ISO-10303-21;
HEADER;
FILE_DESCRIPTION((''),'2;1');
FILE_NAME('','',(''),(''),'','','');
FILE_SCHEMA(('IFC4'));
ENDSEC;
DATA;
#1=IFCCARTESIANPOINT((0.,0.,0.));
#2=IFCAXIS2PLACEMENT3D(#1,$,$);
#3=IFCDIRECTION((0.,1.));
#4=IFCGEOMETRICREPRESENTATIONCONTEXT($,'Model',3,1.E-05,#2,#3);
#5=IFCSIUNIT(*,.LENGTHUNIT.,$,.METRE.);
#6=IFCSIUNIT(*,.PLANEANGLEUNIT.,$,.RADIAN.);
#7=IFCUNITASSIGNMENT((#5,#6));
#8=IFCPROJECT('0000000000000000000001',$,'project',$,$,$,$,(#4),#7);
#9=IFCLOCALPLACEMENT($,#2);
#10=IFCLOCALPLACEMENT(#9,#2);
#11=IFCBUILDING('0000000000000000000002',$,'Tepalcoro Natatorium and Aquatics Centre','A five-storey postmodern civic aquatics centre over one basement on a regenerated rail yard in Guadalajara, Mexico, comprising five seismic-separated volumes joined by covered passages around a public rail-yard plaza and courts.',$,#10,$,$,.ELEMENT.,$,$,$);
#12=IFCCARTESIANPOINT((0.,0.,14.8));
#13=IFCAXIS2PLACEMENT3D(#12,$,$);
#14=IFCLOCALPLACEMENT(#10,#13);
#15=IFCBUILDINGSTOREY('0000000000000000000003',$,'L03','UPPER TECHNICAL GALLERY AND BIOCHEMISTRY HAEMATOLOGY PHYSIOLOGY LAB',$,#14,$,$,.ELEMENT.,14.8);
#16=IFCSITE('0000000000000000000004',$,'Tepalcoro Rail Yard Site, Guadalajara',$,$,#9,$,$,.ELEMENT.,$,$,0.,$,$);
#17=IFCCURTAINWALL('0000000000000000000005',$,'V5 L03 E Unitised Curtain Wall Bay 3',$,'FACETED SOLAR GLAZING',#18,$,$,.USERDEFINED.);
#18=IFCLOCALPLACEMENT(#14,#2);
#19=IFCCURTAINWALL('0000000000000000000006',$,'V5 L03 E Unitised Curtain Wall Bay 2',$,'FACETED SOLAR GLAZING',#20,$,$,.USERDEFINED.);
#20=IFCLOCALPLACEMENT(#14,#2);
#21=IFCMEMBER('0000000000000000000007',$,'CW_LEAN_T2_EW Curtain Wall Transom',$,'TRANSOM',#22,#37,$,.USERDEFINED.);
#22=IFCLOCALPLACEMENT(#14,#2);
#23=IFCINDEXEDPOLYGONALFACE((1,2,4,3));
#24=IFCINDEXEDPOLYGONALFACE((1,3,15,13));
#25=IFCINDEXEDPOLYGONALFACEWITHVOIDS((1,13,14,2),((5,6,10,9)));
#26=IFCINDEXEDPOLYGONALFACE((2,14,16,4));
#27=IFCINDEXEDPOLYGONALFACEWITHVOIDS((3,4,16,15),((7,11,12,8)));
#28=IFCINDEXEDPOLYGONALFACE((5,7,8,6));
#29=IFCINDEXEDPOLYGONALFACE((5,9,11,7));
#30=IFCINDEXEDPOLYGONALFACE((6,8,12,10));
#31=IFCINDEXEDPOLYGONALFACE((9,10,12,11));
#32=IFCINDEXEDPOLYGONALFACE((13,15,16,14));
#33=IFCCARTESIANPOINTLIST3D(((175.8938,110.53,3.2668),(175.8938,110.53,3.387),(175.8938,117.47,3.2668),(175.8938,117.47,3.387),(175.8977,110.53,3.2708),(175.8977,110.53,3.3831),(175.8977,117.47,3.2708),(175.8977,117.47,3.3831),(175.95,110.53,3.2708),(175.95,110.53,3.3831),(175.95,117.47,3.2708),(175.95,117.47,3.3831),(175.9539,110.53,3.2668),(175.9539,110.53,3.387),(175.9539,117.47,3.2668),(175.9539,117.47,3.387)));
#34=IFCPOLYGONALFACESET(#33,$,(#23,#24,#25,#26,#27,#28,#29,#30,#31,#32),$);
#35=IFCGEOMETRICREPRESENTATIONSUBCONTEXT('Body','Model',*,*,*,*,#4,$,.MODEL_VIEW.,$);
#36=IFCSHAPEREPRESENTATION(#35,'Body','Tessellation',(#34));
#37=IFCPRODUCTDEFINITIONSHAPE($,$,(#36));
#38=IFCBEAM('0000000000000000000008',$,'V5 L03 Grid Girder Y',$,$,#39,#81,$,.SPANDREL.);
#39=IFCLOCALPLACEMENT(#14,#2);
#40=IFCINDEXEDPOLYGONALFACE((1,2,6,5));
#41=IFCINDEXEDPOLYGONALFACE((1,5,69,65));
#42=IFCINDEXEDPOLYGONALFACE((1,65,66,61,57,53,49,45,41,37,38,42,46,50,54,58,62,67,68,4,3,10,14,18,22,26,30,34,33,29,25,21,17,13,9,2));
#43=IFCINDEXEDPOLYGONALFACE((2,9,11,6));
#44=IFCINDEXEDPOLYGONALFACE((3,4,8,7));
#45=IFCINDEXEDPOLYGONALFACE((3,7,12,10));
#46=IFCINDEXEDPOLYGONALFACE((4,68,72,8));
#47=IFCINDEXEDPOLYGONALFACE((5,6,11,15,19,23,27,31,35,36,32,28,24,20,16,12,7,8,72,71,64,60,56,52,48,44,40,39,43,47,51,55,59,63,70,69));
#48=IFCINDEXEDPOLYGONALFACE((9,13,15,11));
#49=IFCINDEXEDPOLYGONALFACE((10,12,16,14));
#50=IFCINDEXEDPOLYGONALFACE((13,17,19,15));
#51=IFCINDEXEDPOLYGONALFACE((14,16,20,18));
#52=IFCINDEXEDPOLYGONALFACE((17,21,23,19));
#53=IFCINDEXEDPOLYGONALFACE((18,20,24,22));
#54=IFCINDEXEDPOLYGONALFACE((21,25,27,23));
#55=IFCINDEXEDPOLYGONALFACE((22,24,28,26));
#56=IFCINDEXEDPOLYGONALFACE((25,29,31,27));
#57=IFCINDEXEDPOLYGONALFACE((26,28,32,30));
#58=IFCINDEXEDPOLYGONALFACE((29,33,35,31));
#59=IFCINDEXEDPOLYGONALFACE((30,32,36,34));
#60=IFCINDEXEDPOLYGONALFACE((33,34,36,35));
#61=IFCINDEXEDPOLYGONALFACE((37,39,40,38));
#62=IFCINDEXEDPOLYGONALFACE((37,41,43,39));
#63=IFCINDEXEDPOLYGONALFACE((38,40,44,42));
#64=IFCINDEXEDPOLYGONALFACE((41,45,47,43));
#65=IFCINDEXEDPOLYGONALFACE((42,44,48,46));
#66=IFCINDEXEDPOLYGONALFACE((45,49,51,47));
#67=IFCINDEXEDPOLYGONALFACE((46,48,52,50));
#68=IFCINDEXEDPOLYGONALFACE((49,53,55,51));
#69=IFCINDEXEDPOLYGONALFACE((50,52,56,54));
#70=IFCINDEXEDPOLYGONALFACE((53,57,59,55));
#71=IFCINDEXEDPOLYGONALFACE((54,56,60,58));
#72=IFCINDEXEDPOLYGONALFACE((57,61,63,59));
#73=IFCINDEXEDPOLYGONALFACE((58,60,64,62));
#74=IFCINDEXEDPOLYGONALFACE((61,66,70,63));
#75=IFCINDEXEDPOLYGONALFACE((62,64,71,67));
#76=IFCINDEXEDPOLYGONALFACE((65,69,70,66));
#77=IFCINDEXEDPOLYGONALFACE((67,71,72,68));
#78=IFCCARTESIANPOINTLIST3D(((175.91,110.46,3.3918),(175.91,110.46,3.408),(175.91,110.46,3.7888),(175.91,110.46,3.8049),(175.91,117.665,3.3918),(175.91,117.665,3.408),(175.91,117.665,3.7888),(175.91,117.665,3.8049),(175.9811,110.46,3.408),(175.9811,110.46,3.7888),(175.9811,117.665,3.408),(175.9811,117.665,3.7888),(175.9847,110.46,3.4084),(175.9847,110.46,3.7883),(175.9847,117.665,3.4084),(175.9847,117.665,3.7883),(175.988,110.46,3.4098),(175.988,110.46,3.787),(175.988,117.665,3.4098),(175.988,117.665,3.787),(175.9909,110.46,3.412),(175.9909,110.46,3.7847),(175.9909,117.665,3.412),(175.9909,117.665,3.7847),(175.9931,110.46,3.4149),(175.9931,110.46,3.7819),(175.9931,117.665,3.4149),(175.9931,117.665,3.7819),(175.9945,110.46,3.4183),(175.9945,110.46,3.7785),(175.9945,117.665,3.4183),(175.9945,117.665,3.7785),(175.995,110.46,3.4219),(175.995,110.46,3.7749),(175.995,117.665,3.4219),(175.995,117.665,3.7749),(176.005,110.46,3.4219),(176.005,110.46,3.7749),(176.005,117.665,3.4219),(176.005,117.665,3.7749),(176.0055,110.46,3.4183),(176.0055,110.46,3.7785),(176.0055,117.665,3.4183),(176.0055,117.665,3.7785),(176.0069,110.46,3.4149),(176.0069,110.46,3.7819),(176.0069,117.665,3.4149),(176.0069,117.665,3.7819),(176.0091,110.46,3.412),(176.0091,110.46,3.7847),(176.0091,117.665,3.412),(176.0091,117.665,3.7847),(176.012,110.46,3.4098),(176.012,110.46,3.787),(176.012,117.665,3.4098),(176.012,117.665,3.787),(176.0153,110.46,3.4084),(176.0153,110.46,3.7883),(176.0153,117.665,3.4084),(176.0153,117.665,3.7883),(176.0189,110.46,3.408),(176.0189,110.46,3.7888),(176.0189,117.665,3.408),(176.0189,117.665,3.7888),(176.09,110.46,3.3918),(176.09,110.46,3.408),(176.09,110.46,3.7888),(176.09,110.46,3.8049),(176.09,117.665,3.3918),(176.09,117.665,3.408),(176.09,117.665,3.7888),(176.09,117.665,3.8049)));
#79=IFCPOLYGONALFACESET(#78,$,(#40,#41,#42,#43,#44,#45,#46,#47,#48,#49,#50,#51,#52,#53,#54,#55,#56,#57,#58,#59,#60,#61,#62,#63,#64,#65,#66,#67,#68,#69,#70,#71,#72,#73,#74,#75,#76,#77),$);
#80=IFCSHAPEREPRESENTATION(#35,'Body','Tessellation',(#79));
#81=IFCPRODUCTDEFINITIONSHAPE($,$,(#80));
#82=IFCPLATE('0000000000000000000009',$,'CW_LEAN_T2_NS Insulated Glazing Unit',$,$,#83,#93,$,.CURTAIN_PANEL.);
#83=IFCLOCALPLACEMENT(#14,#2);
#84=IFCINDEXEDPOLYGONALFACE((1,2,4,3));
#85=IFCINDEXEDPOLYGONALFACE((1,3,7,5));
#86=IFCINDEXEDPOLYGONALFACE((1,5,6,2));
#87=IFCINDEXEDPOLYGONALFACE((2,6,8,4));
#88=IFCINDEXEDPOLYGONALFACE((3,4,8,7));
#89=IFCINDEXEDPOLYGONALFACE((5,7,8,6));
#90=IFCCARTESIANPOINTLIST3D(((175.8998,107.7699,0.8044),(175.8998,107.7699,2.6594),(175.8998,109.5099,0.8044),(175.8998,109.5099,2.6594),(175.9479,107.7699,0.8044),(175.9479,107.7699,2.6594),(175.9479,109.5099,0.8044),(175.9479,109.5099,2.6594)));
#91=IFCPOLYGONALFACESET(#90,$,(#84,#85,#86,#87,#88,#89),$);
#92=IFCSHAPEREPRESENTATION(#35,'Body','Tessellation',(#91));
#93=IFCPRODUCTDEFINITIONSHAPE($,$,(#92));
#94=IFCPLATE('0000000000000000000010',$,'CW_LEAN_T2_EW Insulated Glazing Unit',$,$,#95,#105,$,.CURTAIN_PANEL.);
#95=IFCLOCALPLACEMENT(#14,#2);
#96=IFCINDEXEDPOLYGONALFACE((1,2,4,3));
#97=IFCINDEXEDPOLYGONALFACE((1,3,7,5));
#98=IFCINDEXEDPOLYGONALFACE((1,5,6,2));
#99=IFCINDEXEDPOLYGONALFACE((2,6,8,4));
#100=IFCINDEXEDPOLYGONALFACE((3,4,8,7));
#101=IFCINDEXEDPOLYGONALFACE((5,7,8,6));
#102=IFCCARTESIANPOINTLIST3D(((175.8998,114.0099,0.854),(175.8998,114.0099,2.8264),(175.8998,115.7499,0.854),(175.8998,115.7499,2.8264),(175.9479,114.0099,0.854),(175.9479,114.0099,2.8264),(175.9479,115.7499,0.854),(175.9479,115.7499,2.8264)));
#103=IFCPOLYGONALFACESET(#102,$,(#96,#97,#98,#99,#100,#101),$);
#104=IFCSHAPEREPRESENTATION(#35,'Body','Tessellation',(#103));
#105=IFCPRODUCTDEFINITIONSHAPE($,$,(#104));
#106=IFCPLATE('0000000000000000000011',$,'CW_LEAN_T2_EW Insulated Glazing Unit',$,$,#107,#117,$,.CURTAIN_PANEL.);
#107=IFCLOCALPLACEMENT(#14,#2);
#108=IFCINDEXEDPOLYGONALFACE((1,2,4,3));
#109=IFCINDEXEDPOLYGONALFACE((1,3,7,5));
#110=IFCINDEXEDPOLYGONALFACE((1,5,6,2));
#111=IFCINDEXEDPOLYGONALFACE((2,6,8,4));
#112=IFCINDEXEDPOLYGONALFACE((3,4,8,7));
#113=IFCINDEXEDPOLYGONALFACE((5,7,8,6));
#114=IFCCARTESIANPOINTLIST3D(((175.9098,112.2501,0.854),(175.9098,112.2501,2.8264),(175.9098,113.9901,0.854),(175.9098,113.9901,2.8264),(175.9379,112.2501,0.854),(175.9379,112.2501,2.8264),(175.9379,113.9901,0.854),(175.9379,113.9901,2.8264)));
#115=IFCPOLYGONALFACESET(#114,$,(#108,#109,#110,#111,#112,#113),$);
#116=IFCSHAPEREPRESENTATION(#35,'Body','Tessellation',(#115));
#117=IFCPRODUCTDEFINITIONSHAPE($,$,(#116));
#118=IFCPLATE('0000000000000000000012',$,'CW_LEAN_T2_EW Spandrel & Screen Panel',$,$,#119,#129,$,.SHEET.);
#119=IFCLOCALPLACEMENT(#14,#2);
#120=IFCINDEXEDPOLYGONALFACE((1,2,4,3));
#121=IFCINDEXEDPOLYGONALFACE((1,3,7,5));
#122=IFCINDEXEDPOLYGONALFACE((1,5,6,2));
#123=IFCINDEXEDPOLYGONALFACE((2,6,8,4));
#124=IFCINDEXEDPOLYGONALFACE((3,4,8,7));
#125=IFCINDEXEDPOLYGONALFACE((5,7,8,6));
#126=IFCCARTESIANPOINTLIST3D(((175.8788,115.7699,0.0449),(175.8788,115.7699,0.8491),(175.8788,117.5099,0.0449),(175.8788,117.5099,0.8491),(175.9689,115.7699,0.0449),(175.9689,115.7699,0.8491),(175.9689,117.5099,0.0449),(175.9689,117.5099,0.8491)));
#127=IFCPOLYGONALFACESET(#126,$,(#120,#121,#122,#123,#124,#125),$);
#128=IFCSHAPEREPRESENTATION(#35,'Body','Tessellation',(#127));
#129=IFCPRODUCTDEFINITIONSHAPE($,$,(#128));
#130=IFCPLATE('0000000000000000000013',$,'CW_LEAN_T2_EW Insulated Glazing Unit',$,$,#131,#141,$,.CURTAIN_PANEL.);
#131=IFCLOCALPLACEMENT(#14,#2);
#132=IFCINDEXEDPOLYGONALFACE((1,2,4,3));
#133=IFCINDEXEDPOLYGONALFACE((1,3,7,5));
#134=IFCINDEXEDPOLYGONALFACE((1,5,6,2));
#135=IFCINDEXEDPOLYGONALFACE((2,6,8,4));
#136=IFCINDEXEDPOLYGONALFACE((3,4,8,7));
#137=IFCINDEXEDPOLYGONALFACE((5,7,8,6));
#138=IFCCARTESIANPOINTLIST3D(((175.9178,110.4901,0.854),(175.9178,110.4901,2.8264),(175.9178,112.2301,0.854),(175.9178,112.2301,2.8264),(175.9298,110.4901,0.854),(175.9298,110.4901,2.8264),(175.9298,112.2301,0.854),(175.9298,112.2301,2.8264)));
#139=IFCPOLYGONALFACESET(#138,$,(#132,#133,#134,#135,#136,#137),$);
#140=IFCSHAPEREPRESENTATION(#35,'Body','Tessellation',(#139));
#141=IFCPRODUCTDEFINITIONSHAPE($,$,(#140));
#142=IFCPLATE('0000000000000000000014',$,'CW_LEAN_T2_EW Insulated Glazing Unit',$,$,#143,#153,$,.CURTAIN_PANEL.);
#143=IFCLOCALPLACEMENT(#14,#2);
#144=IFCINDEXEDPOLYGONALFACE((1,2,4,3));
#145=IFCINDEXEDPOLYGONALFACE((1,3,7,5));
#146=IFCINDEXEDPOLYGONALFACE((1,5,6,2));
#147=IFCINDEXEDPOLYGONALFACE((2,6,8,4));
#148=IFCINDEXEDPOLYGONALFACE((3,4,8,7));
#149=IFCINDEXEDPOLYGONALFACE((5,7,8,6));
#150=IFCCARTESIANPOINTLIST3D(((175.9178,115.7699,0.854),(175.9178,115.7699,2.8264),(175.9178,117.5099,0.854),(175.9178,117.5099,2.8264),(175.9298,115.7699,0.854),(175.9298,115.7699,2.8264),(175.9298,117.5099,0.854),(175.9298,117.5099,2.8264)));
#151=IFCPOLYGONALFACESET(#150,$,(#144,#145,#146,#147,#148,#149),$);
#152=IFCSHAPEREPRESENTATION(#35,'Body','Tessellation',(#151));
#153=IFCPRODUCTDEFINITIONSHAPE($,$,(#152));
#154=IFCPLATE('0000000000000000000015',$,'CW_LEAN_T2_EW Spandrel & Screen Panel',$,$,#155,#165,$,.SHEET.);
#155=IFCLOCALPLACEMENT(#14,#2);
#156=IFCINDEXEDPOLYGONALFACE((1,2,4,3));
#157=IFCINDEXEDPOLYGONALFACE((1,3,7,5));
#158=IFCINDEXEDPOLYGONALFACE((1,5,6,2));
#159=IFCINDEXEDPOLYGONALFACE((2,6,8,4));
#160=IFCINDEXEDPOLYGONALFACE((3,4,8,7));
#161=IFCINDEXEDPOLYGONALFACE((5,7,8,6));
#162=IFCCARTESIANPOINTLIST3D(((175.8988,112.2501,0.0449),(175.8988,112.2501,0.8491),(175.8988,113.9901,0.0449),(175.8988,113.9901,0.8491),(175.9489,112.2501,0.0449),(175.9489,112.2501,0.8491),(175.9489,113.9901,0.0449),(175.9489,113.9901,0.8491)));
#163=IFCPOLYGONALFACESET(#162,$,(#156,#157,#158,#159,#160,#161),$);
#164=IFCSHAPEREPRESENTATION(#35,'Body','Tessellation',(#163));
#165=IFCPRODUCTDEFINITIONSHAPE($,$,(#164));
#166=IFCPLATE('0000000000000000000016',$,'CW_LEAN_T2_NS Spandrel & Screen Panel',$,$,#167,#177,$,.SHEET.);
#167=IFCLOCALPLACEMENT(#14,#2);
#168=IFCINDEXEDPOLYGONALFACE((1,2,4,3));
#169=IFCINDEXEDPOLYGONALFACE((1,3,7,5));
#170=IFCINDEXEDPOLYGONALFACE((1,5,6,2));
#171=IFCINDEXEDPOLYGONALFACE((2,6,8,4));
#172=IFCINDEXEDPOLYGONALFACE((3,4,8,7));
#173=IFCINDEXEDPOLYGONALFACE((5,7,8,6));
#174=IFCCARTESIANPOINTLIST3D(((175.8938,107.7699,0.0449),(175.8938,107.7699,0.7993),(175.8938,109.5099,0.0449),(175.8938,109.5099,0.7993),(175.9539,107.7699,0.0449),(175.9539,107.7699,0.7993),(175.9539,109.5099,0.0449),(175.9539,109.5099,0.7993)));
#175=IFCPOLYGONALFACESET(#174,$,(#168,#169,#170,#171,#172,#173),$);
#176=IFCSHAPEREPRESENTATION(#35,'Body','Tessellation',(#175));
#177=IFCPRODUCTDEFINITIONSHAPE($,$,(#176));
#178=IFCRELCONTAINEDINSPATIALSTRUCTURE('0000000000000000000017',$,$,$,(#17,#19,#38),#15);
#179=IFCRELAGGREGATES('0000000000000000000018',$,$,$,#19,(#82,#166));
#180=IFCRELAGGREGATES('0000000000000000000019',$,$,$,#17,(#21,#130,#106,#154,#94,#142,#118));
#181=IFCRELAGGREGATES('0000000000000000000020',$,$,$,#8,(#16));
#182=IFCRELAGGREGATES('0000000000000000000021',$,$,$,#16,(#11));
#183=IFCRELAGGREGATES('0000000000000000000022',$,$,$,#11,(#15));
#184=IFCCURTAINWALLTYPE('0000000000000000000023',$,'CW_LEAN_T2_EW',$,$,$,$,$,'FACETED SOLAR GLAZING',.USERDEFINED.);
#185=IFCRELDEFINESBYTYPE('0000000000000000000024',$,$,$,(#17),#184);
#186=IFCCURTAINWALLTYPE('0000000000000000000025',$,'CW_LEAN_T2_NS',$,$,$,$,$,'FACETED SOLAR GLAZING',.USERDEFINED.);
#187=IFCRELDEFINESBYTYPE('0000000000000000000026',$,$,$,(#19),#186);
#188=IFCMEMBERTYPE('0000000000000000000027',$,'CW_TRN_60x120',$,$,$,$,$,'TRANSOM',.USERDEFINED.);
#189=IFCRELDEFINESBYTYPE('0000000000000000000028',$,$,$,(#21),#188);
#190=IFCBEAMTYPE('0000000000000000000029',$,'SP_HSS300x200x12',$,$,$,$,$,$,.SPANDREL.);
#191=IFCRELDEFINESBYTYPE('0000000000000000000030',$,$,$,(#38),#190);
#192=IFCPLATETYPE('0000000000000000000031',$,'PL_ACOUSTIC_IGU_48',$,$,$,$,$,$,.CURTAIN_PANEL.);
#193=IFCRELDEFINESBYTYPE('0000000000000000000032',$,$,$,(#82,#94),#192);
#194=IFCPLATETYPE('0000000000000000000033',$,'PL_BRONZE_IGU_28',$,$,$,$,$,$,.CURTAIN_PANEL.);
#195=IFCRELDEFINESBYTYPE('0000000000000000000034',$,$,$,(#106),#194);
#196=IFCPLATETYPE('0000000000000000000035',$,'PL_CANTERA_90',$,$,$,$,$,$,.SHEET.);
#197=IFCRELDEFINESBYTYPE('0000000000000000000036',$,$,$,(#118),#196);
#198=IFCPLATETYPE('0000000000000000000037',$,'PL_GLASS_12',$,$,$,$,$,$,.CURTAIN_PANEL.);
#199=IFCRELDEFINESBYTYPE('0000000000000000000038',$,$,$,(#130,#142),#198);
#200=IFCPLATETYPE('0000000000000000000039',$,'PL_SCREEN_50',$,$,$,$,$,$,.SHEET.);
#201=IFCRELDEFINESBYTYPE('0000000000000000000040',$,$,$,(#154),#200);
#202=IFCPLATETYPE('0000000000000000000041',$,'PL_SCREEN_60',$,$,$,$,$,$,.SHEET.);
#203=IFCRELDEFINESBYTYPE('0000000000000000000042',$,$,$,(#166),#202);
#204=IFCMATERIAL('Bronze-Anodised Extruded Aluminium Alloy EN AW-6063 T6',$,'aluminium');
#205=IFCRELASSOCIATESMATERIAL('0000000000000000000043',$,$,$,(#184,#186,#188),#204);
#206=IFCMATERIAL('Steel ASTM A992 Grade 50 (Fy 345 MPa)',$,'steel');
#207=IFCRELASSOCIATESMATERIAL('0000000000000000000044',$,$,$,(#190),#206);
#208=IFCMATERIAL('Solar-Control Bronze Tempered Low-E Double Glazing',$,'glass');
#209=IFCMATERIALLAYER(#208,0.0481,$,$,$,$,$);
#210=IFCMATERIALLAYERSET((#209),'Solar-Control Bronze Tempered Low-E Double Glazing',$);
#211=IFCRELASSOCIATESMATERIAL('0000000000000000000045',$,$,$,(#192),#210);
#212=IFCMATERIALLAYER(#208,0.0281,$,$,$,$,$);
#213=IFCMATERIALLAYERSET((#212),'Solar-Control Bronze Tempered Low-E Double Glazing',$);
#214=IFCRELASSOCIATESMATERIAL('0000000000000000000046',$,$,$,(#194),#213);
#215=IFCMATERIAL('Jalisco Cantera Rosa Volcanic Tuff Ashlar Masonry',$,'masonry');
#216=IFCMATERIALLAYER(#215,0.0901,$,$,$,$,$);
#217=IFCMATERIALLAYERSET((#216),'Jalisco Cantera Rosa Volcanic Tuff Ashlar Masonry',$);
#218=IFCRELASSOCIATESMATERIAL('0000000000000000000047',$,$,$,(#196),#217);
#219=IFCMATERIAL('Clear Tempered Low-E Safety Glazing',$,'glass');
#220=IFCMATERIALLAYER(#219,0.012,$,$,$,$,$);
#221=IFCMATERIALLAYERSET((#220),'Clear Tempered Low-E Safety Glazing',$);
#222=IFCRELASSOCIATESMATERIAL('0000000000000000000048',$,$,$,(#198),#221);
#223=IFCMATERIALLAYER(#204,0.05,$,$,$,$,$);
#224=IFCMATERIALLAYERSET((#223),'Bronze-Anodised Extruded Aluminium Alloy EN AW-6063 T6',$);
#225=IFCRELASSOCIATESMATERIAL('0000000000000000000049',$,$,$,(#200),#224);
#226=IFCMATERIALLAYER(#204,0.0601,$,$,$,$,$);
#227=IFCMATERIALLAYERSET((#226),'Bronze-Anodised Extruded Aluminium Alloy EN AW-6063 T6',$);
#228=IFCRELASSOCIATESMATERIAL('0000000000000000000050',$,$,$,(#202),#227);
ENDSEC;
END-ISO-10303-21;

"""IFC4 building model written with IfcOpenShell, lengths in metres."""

from ifc_helpers import new_model, si_unit, direction, frame, origin, origin_2d, place, context, subcontext, project, spatial, rectangle, hollow_rectangle, i_section, extrude, material, layer, layer_set, material_profile, profile_set, type_object, element, aggregate, save


model = new_model("IFC4")

# Units and contexts
model_context = context("Model", 3, precision=1e-05, world=origin(), true_north=direction((0.0, 1.0)))
body_context = subcontext(model_context, "Body", "Model", "MODEL_VIEW")
ifc_project = project(units=[si_unit("LENGTHUNIT", "METRE"), si_unit("PLANEANGLEUNIT", "RADIAN")], contexts=[model_context])

# Site, building, storey
site_placement = place(None, origin())
site = spatial("IfcSite", under=ifc_project, at=site_placement, Name="Tepalcoro Rail Yard Site, Guadalajara", CompositionType="ELEMENT", RefElevation=0.0)
building_placement = place(site_placement, origin())
building = spatial("IfcBuilding", under=site, at=building_placement, Name="Tepalcoro Natatorium and Aquatics Centre", Description="A five-storey postmodern civic aquatics centre over one basement on a regenerated rail yard in Guadalajara, Mexico, comprising five seismic-separated volumes joined by covered passages around a public rail-yard plaza and courts.", CompositionType="ELEMENT")
storey_placement = place(building_placement, frame((0.0, 0.0, 14.8)))
storey = spatial("IfcBuildingStorey", under=building, at=storey_placement, Name="L03", Description="UPPER TECHNICAL GALLERY AND BIOCHEMISTRY HAEMATOLOGY PHYSIOLOGY LAB", CompositionType="ELEMENT", Elevation=14.8)

# Curtain wall
ifc_material_1 = material(Name="Bronze-Anodised Extruded Aluminium Alloy EN AW-6063 T6", Category="aluminium")
curtain_wall_type_1 = type_object("IfcCurtainWallType", Name="CW_LEAN_T2_EW", ElementType="FACETED SOLAR GLAZING", PredefinedType="USERDEFINED", material=ifc_material_1)
curtain_wall_1_placement = place(storey_placement, origin())
curtain_wall_1 = element("IfcCurtainWall", 1, at=curtain_wall_1_placement, inside=storey, type_object=curtain_wall_type_1, Name="V5 L03 E Unitised Curtain Wall Bay 3", ObjectType="FACETED SOLAR GLAZING", PredefinedType="USERDEFINED")

# Curtain wall
curtain_wall_type_2 = type_object("IfcCurtainWallType", Name="CW_LEAN_T2_NS", ElementType="FACETED SOLAR GLAZING", PredefinedType="USERDEFINED", material=ifc_material_1)
curtain_wall_2_placement = place(storey_placement, origin())
curtain_wall_2 = element("IfcCurtainWall", 2, at=curtain_wall_2_placement, inside=storey, type_object=curtain_wall_type_2, Name="V5 L03 E Unitised Curtain Wall Bay 2", ObjectType="FACETED SOLAR GLAZING", PredefinedType="USERDEFINED")

# Member
ifc_material_profile_1 = material_profile(ifc_material_1, hollow_rectangle(XDim=0.0601, YDim=0.1201, WallThickness=0.0039, at=origin_2d()), Name="AL60X120X4")
ifc_profile_set_1 = profile_set([ifc_material_profile_1], Name="Bronze-Anodised Extruded Aluminium Alloy EN AW-6063 T6")
member_type_1 = type_object("IfcMemberType", Name="CW_TRN_60x120", ElementType="TRANSOM", PredefinedType="USERDEFINED", material=ifc_profile_set_1)
member_1_placement = place(storey_placement, frame((175.9238, 110.53, 3.3269), z_axis=(0.0, 1.0, 0.0), x_axis=(-1.0, 0.0, 0.0)))
member_1 = element("IfcMember", 3, at=member_1_placement, type_object=member_type_1, Name="CW_LEAN_T2_EW Curtain Wall Transom", ObjectType="TRANSOM", PredefinedType="USERDEFINED", context=body_context, shape_type="SweptSolid", body=[
    extrude(hollow_rectangle(XDim=0.0601, YDim=0.1201, WallThickness=0.0039, at=origin_2d()), origin(), (0.0, 0.0, 1.0), 6.9399),
])

# Beam
ifc_material_2 = material(Name="Steel ASTM A992 Grade 50 (Fy 345 MPa)", Category="steel")
ifc_material_profile_2 = material_profile(ifc_material_2, i_section(OverallWidth=0.1799, OverallDepth=0.4131, WebThickness=0.01, FlangeThickness=0.0161, FilletRadius=0.0139, at=origin_2d()), Name="W16X50")
ifc_profile_set_2 = profile_set([ifc_material_profile_2], Name="Steel ASTM A992 Grade 50 (Fy 345 MPa)")
beam_type = type_object("IfcBeamType", Name="SP_HSS300x200x12", PredefinedType="SPANDREL", material=ifc_profile_set_2)
beam_placement = place(storey_placement, frame((176.0, 110.46, 3.5984), z_axis=(0.0, 1.0, 0.0), x_axis=(-1.0, 0.0, 0.0)))
element("IfcBeam", 4, at=beam_placement, inside=storey, type_object=beam_type, Name="V5 L03 Grid Girder Y", PredefinedType="SPANDREL", context=body_context, shape_type="SweptSolid", body=[
    extrude(i_section(OverallWidth=0.1799, OverallDepth=0.4131, WebThickness=0.01, FlangeThickness=0.0161, FilletRadius=0.0139, at=origin_2d()), origin(), (0.0, 0.0, 1.0), 7.2051),
])

# Plates
ifc_material_3 = material(Name="Solar-Control Bronze Tempered Low-E Double Glazing", Category="glass")
ifc_layer_1 = layer(ifc_material_3, 0.0481)
ifc_layer_set_1 = layer_set([ifc_layer_1], Name="Solar-Control Bronze Tempered Low-E Double Glazing")
plate_type_1 = type_object("IfcPlateType", Name="PL_ACOUSTIC_IGU_48", PredefinedType="CURTAIN_PANEL", material=ifc_layer_set_1)
plate_1_placement = place(storey_placement, frame((175.9238, 108.6399, 0.8044), z_axis=(0.0, 0.0, 1.0), x_axis=(1.0, 0.0, 0.0)))
plate_1 = element("IfcPlate", 5, at=plate_1_placement, type_object=plate_type_1, Name="CW_LEAN_T2_NS Insulated Glazing Unit", PredefinedType="CURTAIN_PANEL", context=body_context, shape_type="SweptSolid", body=[
    extrude(rectangle(XDim=0.0481, YDim=1.74, at=origin_2d()), origin(), (0.0, 0.0, 1.0), 1.855),
])
plate_2_placement = place(storey_placement, frame((175.9238, 114.8799, 0.854), z_axis=(0.0, 0.0, 1.0), x_axis=(1.0, 0.0, 0.0)))
plate_2 = element("IfcPlate", 6, at=plate_2_placement, type_object=plate_type_1, Name="CW_LEAN_T2_EW Insulated Glazing Unit", PredefinedType="CURTAIN_PANEL", context=body_context, shape_type="SweptSolid", body=[
    extrude(rectangle(XDim=0.0481, YDim=1.74, at=origin_2d()), origin(), (0.0, 0.0, 1.0), 1.9724),
])
ifc_layer_2 = layer(ifc_material_3, 0.0281)
ifc_layer_set_2 = layer_set([ifc_layer_2], Name="Solar-Control Bronze Tempered Low-E Double Glazing")
plate_type_2 = type_object("IfcPlateType", Name="PL_BRONZE_IGU_28", PredefinedType="CURTAIN_PANEL", material=ifc_layer_set_2)
plate_3_placement = place(storey_placement, frame((175.9238, 113.1201, 0.854), z_axis=(0.0, 0.0, 1.0), x_axis=(1.0, 0.0, 0.0)))
plate_3 = element("IfcPlate", 7, at=plate_3_placement, type_object=plate_type_2, Name="CW_LEAN_T2_EW Insulated Glazing Unit", PredefinedType="CURTAIN_PANEL", context=body_context, shape_type="SweptSolid", body=[
    extrude(rectangle(XDim=0.0281, YDim=1.74, at=origin_2d()), origin(), (0.0, 0.0, 1.0), 1.9724),
])
ifc_material_4 = material(Name="Jalisco Cantera Rosa Volcanic Tuff Ashlar Masonry", Category="masonry")
ifc_layer_3 = layer(ifc_material_4, 0.0901)
ifc_layer_set_3 = layer_set([ifc_layer_3], Name="Jalisco Cantera Rosa Volcanic Tuff Ashlar Masonry")
plate_type_3 = type_object("IfcPlateType", Name="PL_CANTERA_90", PredefinedType="SHEET", material=ifc_layer_set_3)
plate_4_placement = place(storey_placement, frame((175.9238, 116.6399, 0.0449), z_axis=(0.0, 0.0, 1.0), x_axis=(1.0, 0.0, 0.0)))
plate_4 = element("IfcPlate", 8, at=plate_4_placement, type_object=plate_type_3, Name="CW_LEAN_T2_EW Spandrel & Screen Panel", PredefinedType="SHEET", context=body_context, shape_type="SweptSolid", body=[
    extrude(rectangle(XDim=0.0901, YDim=1.74, at=origin_2d()), origin(), (0.0, 0.0, 1.0), 0.8042),
])
ifc_material_5 = material(Name="Clear Tempered Low-E Safety Glazing", Category="glass")
ifc_layer_4 = layer(ifc_material_5, 0.012)
ifc_layer_set_4 = layer_set([ifc_layer_4], Name="Clear Tempered Low-E Safety Glazing")
plate_type_4 = type_object("IfcPlateType", Name="PL_GLASS_12", PredefinedType="CURTAIN_PANEL", material=ifc_layer_set_4)
plate_5_placement = place(storey_placement, frame((175.9238, 111.3601, 0.854), z_axis=(0.0, 0.0, 1.0), x_axis=(1.0, 0.0, 0.0)))
plate_5 = element("IfcPlate", 9, at=plate_5_placement, type_object=plate_type_4, Name="CW_LEAN_T2_EW Insulated Glazing Unit", PredefinedType="CURTAIN_PANEL", context=body_context, shape_type="SweptSolid", body=[
    extrude(rectangle(XDim=0.012, YDim=1.74, at=origin_2d()), origin(), (0.0, 0.0, 1.0), 1.9724),
])
plate_6_placement = place(storey_placement, frame((175.9238, 116.6399, 0.854), z_axis=(0.0, 0.0, 1.0), x_axis=(1.0, 0.0, 0.0)))
plate_6 = element("IfcPlate", 10, at=plate_6_placement, type_object=plate_type_4, Name="CW_LEAN_T2_EW Insulated Glazing Unit", PredefinedType="CURTAIN_PANEL", context=body_context, shape_type="SweptSolid", body=[
    extrude(rectangle(XDim=0.012, YDim=1.74, at=origin_2d()), origin(), (0.0, 0.0, 1.0), 1.9724),
])
ifc_layer_5 = layer(ifc_material_1, 0.05)
ifc_layer_set_5 = layer_set([ifc_layer_5], Name="Bronze-Anodised Extruded Aluminium Alloy EN AW-6063 T6")
plate_type_5 = type_object("IfcPlateType", Name="PL_SCREEN_50", PredefinedType="SHEET", material=ifc_layer_set_5)
plate_7_placement = place(storey_placement, frame((175.9238, 113.1201, 0.0449), z_axis=(0.0, 0.0, 1.0), x_axis=(1.0, 0.0, 0.0)))
plate_7 = element("IfcPlate", 11, at=plate_7_placement, type_object=plate_type_5, Name="CW_LEAN_T2_EW Spandrel & Screen Panel", PredefinedType="SHEET", context=body_context, shape_type="SweptSolid", body=[
    extrude(rectangle(XDim=0.05, YDim=1.74, at=origin_2d()), origin(), (0.0, 0.0, 1.0), 0.8042),
])
ifc_layer_6 = layer(ifc_material_1, 0.0601)
ifc_layer_set_6 = layer_set([ifc_layer_6], Name="Bronze-Anodised Extruded Aluminium Alloy EN AW-6063 T6")
plate_type_6 = type_object("IfcPlateType", Name="PL_SCREEN_60", PredefinedType="SHEET", material=ifc_layer_set_6)
plate_8_placement = place(storey_placement, frame((175.9238, 108.6399, 0.0449), z_axis=(0.0, 0.0, 1.0), x_axis=(1.0, 0.0, 0.0)))
plate_8 = element("IfcPlate", 12, at=plate_8_placement, type_object=plate_type_6, Name="CW_LEAN_T2_NS Spandrel & Screen Panel", PredefinedType="SHEET", context=body_context, shape_type="SweptSolid", body=[
    extrude(rectangle(XDim=0.0601, YDim=1.74, at=origin_2d()), origin(), (0.0, 0.0, 1.0), 0.7544),
])
aggregate(curtain_wall_2, [plate_1, plate_8])
aggregate(curtain_wall_1, [member_1, plate_5, plate_3, plate_7, plate_2, plate_6, plate_4])

save(model, "model.ifc")
